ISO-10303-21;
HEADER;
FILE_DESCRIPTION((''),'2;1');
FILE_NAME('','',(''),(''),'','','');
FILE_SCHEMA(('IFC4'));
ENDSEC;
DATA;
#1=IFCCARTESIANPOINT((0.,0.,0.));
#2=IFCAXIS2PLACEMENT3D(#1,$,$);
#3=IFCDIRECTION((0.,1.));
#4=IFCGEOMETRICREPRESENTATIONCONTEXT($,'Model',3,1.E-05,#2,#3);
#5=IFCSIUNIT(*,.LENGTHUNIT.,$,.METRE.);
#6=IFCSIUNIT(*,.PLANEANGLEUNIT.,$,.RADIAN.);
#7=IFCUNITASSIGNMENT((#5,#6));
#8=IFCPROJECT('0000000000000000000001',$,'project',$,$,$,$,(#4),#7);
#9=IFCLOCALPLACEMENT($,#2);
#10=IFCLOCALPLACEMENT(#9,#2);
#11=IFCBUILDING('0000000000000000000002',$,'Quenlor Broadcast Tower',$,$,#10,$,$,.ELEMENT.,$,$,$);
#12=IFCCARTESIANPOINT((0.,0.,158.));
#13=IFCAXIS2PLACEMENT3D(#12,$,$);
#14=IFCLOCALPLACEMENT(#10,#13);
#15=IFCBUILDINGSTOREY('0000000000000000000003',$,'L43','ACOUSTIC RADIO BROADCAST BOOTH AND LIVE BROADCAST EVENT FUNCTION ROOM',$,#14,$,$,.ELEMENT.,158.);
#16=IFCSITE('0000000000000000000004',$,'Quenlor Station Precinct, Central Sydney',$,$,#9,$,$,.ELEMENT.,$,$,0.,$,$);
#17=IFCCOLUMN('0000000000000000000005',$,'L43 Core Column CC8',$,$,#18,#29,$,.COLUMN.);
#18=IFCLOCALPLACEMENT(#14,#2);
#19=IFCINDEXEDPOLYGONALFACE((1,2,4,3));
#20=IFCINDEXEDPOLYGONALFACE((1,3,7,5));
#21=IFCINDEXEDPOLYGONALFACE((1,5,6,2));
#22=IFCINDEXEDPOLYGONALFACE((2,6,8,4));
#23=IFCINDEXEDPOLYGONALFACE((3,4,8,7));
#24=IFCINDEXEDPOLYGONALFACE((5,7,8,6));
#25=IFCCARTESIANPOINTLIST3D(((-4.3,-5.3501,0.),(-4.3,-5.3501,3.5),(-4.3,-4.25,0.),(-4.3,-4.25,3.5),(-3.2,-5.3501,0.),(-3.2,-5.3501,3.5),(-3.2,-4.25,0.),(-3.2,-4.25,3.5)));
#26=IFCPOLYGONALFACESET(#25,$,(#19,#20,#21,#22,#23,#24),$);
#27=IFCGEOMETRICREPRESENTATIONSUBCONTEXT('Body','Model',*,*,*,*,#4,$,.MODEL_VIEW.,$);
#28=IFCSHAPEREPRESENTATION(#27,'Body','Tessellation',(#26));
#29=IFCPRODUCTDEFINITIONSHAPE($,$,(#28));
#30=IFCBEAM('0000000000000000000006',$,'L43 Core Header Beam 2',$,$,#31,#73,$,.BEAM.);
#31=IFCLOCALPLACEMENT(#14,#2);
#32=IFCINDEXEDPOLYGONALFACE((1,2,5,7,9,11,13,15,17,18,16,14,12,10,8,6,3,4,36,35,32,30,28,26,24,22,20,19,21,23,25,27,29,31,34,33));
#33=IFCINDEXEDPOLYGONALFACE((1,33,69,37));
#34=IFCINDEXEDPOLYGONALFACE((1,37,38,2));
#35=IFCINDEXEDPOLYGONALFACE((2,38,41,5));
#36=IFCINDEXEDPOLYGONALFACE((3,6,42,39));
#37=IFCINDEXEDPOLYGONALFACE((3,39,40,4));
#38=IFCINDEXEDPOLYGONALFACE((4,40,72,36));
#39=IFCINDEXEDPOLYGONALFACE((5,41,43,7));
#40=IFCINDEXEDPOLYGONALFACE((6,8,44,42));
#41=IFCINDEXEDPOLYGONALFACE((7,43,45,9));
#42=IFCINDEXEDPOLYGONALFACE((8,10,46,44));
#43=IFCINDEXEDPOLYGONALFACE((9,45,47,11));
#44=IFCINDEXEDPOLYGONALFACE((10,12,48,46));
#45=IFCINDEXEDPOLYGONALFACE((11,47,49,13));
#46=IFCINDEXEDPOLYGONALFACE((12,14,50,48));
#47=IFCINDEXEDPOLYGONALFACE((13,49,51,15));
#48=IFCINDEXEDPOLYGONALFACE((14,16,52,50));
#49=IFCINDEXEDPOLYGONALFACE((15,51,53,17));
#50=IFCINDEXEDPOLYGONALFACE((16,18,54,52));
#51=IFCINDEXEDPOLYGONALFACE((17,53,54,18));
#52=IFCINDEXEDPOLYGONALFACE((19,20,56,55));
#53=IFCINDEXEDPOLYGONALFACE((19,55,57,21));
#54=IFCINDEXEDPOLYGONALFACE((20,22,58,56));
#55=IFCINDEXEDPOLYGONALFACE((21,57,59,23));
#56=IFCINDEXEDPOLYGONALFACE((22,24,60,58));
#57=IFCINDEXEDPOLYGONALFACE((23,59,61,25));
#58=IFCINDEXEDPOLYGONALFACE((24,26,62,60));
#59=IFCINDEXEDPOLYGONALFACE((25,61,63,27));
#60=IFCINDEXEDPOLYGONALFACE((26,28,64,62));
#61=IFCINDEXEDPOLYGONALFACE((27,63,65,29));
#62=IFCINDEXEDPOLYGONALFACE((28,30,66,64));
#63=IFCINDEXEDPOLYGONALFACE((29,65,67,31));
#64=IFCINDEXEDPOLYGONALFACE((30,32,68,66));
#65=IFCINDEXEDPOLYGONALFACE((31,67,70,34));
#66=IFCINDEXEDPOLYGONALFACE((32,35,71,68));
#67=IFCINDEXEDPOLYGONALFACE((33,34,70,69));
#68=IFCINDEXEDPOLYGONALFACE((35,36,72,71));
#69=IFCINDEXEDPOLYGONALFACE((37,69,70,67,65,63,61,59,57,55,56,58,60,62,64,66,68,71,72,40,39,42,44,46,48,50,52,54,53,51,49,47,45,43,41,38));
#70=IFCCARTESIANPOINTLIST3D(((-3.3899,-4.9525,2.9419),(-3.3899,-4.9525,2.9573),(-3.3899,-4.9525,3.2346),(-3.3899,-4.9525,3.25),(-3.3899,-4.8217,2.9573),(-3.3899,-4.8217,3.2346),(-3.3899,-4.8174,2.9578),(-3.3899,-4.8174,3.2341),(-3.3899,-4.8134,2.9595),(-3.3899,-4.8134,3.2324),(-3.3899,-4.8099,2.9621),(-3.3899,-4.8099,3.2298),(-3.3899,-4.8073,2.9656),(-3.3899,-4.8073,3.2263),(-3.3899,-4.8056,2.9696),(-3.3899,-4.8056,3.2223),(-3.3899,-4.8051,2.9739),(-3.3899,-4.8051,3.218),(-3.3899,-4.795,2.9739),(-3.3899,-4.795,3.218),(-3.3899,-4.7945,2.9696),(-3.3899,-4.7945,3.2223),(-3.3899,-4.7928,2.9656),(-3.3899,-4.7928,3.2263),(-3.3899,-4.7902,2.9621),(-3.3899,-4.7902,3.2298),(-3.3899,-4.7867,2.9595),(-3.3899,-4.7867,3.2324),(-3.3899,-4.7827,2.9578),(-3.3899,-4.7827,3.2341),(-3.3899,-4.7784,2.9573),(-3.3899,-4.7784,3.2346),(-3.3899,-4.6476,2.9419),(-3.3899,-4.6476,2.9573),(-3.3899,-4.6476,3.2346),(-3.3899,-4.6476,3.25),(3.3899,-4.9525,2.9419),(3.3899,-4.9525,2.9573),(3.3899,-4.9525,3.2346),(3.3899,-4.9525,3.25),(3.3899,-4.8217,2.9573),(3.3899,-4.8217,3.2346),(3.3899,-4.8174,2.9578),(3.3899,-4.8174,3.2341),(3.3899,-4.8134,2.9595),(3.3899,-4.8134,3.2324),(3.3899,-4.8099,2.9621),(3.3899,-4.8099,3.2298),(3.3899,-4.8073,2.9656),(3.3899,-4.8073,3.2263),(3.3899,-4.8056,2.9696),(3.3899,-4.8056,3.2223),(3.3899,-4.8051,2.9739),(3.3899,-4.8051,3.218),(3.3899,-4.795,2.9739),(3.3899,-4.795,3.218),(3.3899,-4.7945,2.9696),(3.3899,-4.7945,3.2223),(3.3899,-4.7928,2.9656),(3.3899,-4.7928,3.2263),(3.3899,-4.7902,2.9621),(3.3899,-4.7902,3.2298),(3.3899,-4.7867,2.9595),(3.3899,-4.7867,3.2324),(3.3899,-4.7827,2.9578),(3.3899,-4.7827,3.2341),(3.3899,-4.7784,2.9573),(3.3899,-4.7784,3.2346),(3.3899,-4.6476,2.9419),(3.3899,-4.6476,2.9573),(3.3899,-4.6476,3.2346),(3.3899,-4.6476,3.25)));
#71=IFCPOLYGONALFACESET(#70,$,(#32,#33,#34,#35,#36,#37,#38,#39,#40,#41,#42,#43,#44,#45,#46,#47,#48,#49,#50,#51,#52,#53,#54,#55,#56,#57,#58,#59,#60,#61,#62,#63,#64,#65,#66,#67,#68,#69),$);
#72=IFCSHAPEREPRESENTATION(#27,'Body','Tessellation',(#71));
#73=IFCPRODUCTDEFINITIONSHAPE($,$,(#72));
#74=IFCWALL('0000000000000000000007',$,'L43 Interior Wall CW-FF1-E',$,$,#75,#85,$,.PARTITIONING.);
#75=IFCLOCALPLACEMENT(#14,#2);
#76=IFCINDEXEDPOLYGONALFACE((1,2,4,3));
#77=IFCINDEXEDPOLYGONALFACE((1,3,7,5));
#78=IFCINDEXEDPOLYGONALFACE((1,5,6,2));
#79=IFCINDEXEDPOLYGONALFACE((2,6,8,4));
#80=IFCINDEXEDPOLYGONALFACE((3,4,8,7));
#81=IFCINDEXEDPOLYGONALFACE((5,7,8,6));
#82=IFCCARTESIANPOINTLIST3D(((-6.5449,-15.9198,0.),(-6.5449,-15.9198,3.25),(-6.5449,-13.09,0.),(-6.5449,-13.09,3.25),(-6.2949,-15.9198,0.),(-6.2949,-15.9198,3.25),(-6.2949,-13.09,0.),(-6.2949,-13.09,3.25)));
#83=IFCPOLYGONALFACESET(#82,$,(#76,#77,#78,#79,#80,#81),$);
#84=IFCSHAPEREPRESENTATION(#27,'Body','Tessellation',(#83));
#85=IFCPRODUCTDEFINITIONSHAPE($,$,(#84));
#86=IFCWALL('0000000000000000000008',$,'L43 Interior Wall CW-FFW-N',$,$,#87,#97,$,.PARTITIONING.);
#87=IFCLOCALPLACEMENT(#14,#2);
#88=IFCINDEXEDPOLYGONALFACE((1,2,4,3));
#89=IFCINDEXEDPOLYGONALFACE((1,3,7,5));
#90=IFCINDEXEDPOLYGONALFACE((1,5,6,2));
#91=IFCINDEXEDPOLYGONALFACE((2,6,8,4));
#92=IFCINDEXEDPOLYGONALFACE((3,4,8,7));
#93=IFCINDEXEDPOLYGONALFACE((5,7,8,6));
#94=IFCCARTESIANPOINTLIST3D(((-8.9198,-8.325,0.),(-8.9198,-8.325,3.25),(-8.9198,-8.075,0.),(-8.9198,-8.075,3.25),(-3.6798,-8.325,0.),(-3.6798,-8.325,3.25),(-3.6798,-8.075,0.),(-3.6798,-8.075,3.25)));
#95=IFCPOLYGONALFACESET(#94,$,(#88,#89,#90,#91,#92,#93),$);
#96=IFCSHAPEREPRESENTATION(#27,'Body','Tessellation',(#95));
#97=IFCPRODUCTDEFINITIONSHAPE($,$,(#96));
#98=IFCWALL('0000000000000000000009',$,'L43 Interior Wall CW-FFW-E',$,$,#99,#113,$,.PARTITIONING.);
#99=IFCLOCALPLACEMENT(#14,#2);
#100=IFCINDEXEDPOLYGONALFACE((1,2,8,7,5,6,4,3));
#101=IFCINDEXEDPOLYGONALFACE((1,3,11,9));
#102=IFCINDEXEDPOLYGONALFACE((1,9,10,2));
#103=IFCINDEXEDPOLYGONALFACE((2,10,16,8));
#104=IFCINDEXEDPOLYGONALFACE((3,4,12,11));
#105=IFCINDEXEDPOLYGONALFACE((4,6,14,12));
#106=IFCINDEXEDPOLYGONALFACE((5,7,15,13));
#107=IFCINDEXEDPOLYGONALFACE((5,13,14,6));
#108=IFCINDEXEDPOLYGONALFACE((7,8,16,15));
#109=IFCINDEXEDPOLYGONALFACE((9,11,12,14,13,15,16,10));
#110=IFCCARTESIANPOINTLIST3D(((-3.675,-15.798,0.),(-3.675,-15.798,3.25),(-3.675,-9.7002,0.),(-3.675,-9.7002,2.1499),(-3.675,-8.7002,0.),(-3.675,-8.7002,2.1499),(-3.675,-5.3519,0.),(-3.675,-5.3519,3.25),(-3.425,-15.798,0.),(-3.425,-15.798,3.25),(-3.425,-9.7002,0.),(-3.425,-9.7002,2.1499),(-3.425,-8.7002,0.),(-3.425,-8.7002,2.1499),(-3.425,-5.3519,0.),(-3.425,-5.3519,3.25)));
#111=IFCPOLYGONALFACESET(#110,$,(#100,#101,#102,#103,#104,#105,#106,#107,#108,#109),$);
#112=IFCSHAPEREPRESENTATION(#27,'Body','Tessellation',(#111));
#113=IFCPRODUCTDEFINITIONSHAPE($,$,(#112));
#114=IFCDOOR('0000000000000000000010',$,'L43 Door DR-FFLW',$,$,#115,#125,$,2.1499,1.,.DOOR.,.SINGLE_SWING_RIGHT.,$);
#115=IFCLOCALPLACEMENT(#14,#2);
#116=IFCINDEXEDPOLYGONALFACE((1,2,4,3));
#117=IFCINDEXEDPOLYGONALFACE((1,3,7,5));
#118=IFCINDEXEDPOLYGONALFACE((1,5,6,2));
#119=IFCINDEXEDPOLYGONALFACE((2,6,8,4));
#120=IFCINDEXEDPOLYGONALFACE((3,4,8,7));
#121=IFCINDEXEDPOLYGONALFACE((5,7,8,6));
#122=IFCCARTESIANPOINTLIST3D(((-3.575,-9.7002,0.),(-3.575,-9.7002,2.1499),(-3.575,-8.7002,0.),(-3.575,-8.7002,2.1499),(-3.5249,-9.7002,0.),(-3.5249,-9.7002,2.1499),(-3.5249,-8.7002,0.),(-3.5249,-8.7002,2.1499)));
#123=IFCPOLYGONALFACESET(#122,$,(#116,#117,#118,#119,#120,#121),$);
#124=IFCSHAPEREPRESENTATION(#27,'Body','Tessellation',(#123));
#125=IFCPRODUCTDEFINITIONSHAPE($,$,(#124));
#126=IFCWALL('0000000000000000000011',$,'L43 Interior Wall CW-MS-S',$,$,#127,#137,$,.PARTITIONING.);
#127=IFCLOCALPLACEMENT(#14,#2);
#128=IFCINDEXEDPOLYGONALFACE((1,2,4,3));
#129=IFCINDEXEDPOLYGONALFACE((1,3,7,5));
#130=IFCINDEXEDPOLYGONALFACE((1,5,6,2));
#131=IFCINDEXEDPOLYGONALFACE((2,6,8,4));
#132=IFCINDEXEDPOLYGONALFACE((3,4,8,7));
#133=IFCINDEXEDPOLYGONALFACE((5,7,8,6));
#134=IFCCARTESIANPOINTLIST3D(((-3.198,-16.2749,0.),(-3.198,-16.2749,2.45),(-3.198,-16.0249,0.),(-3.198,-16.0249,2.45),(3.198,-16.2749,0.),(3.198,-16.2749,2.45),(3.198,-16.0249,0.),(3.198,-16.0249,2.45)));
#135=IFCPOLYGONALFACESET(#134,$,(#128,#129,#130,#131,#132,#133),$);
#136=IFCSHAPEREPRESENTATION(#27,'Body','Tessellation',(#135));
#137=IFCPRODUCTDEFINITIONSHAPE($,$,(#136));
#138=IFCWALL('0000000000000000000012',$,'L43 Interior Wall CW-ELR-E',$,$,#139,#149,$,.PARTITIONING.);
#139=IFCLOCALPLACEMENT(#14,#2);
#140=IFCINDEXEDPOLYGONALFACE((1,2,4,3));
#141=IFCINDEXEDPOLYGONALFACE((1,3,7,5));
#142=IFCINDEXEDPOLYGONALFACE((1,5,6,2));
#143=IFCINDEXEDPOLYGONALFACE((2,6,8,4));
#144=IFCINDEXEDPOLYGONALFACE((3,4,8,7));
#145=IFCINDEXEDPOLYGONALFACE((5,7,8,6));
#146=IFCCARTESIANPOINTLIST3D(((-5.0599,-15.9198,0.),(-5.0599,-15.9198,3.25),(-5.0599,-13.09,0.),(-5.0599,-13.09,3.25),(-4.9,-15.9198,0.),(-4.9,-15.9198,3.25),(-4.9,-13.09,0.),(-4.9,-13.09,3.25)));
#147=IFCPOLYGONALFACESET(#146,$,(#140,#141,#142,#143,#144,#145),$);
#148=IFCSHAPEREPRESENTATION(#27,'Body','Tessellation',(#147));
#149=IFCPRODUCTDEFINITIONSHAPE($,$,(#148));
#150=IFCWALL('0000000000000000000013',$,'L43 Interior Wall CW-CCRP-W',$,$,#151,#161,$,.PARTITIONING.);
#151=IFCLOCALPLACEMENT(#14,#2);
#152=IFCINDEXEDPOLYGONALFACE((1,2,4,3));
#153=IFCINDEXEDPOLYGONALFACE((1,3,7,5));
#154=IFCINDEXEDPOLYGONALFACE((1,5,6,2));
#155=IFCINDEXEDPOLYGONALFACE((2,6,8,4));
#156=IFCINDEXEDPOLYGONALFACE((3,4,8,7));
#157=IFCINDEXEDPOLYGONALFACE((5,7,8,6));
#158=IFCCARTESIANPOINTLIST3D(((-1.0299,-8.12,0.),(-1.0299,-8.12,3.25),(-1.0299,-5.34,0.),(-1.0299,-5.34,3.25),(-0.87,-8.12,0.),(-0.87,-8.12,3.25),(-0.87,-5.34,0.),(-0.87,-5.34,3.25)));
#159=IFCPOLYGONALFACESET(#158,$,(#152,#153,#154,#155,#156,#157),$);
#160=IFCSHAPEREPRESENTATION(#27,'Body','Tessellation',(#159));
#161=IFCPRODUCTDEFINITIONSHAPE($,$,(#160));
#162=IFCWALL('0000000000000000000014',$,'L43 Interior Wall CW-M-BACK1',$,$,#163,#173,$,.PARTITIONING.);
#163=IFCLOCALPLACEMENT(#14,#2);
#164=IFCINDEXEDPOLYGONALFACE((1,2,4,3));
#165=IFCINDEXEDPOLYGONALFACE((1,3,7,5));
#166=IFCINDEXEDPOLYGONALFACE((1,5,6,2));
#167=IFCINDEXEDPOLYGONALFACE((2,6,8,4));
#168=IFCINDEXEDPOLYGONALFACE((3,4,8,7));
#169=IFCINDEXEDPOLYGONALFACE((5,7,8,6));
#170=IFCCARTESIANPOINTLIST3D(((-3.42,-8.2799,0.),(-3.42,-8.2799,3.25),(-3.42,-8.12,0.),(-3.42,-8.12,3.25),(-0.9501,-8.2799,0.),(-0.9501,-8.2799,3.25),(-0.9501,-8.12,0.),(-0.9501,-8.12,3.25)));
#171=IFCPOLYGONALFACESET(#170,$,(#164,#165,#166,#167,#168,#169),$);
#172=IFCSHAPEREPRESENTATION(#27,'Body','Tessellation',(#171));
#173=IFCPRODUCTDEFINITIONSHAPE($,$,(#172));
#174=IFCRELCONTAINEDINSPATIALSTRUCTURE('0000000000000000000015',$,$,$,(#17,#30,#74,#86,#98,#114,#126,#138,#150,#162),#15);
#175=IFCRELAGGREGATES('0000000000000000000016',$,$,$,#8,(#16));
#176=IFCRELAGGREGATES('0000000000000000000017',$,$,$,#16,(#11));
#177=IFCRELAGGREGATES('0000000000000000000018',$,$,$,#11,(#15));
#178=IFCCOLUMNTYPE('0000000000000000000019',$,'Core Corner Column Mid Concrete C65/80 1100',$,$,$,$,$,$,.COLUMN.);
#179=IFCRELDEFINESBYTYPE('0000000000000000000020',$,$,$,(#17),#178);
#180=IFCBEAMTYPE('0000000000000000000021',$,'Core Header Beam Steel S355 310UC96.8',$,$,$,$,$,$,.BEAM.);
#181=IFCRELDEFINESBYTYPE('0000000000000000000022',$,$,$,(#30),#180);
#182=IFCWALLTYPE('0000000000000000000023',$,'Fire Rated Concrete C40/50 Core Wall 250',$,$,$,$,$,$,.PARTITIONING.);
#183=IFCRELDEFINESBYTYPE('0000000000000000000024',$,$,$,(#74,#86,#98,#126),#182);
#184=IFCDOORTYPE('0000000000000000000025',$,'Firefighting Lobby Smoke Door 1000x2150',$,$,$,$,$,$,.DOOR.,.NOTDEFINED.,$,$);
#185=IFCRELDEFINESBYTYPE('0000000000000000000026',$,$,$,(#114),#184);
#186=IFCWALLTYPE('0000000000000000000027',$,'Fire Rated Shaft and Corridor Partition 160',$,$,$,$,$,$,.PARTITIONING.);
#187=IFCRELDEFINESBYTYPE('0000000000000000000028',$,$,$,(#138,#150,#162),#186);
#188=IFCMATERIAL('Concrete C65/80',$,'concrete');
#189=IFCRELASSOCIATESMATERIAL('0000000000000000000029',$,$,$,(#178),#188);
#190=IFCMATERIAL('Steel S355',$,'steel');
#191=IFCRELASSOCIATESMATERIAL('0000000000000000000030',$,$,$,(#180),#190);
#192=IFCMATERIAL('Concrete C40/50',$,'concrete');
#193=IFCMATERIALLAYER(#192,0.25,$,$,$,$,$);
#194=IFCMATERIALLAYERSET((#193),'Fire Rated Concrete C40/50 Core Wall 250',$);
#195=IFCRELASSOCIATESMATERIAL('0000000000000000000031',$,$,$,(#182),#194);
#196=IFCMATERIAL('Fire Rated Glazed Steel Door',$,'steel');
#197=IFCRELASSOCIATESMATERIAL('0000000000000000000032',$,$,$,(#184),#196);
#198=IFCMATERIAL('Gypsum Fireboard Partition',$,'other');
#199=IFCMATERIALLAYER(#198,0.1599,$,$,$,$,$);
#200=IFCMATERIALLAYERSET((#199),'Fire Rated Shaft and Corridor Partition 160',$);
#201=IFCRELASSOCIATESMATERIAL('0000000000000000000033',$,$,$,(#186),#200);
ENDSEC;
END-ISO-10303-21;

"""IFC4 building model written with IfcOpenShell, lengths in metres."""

from ifc_helpers import new_model, si_unit, direction, frame, frame_2d, origin, origin_2d, place, context, subcontext, project, spatial, rectangle, i_section, extrude, material, layer, layer_set, material_profile, profile_set, type_object, element, fill, save


model = new_model("IFC4")

# Units and contexts
model_context = context("Model", 3, precision=1e-05, world=origin(), true_north=direction((0.0, 1.0)))
body_context = subcontext(model_context, "Body", "Model", "MODEL_VIEW")
ifc_project = project(units=[si_unit("LENGTHUNIT", "METRE"), si_unit("PLANEANGLEUNIT", "RADIAN")], contexts=[model_context])

# Site, building, storey
site_placement = place(None, origin())
site = spatial("IfcSite", under=ifc_project, at=site_placement, Name="Quenlor Station Precinct, Central Sydney", CompositionType="ELEMENT", RefElevation=0.0)
building_placement = place(site_placement, origin())
building = spatial("IfcBuilding", under=site, at=building_placement, Name="Quenlor Broadcast Tower", CompositionType="ELEMENT")
storey_placement = place(building_placement, frame((0.0, 0.0, 158.0)))
storey = spatial("IfcBuildingStorey", under=building, at=storey_placement, Name="L43", Description="ACOUSTIC RADIO BROADCAST BOOTH AND LIVE BROADCAST EVENT FUNCTION ROOM", CompositionType="ELEMENT", Elevation=158.0)

# Column
ifc_material_1 = material(Name="Concrete C65/80", Category="concrete")
ifc_material_profile_1 = material_profile(ifc_material_1, rectangle(XDim=1.1001, YDim=1.1001, at=origin_2d()))
ifc_profile_set_1 = profile_set([ifc_material_profile_1], Name="Concrete C65/80 RC1100x1100")
column_type = type_object("IfcColumnType", Name="Core Corner Column Mid Concrete C65/80 1100", PredefinedType="COLUMN", material=ifc_profile_set_1)
column_placement = place(storey_placement, frame((-3.75, -4.8, 0.0), z_axis=(0.0, 0.0, 1.0), x_axis=(1.0, 0.0, 0.0)))
element("IfcColumn", 1, at=column_placement, inside=storey, type_object=column_type, Name="L43 Core Column CC8", PredefinedType="COLUMN", context=body_context, shape_type="SweptSolid", body=[
    extrude(rectangle(XDim=1.1001, YDim=1.1001, at=origin_2d()), origin(), (0.0, 0.0, 1.0), 3.5),
])

# Beam
ifc_material_2 = material(Name="Steel S355", Category="steel")
ifc_material_profile_2 = material_profile(ifc_material_2, i_section(OverallWidth=0.3049, OverallDepth=0.3081, WebThickness=0.01, FlangeThickness=0.0154, FilletRadius=0.0166, at=origin_2d()))
ifc_profile_set_2 = profile_set([ifc_material_profile_2], Name="Steel S355 310UC96.8")
beam_type = type_object("IfcBeamType", Name="Core Header Beam Steel S355 310UC96.8", PredefinedType="BEAM", material=ifc_profile_set_2)
beam_placement = place(storey_placement, frame((-3.3899, -4.8, 3.0959), z_axis=(1.0, 0.0, 0.0), x_axis=(0.0, 1.0, 0.0)))
element("IfcBeam", 2, at=beam_placement, inside=storey, type_object=beam_type, Name="L43 Core Header Beam 2", PredefinedType="BEAM", context=body_context, shape_type="SweptSolid", body=[
    extrude(i_section(OverallWidth=0.3049, OverallDepth=0.3081, WebThickness=0.01, FlangeThickness=0.0154, FilletRadius=0.0166, at=origin_2d()), origin(), (0.0, 0.0, 1.0), 6.7798),
])

# Shared definitions
ifc_material_3 = material(Name="Concrete C40/50", Category="concrete")
ifc_layer_1 = layer(ifc_material_3, 0.25)
ifc_layer_set_1 = layer_set([ifc_layer_1], Name="Fire Rated Concrete C40/50 Core Wall 250")
wall_type_1 = type_object("IfcWallType", Name="Fire Rated Concrete C40/50 Core Wall 250", PredefinedType="PARTITIONING", material=ifc_layer_set_1)

# Walls
wall_1_placement = place(storey_placement, frame((-6.4199, -15.9199, 0.0), z_axis=(0.0, 0.0, 1.0), x_axis=(0.0, 1.0, 0.0)))
element("IfcWall", 3, at=wall_1_placement, inside=storey, type_object=wall_type_1, Name="L43 Interior Wall CW-FF1-E", PredefinedType="PARTITIONING", context=body_context, shape_type="SweptSolid", body=[
    extrude(rectangle(XDim=2.8298, YDim=0.25, at=frame_2d((1.415, 0.0))), origin(), (0.0, 0.0, 1.0), 3.25),
])
wall_2_placement = place(storey_placement, frame((-8.9199, -8.2, 0.0), z_axis=(0.0, 0.0, 1.0), x_axis=(1.0, 0.0, 0.0)))
element("IfcWall", 4, at=wall_2_placement, inside=storey, type_object=wall_type_1, Name="L43 Interior Wall CW-FFW-N", PredefinedType="PARTITIONING", context=body_context, shape_type="SweptSolid", body=[
    extrude(rectangle(XDim=5.24, YDim=0.25, at=frame_2d((2.6201, 0.0))), origin(), (0.0, 0.0, 1.0), 3.25),
])

# Wall, opening, door
wall_3_placement = place(storey_placement, frame((-3.55, -15.7981, 0.0), z_axis=(0.0, 0.0, 1.0), x_axis=(0.0, 1.0, 0.0)))
wall_3 = element("IfcWall", 5, at=wall_3_placement, inside=storey, type_object=wall_type_1, Name="L43 Interior Wall CW-FFW-E", PredefinedType="PARTITIONING", context=body_context, shape_type="SweptSolid", body=[
    extrude(rectangle(XDim=10.446, YDim=0.25, at=frame_2d((5.2231, 0.0))), origin(), (0.0, 0.0, 1.0), 3.25),
])
opening_1_placement = place(wall_3_placement, frame((6.0979, 0.0, 0.0)))
opening_1 = element("IfcOpeningElement", 6, at=opening_1_placement, cuts=wall_3, PredefinedType="OPENING", context=body_context, shape_type="SweptSolid", body=[
    extrude(rectangle(XDim=1.0, YDim=2.1499, at=frame_2d((0.5, 1.075))), frame((0.0, 0.135, 0.0), z_axis=(0.0, -1.0, 0.0), x_axis=(1.0, 0.0, 0.0)), (0.0, 0.0, 1.0), 0.27),
])
ifc_material_4 = material(Name="Fire Rated Glazed Steel Door", Category="steel")
door_type_1 = type_object("IfcDoorType", Name="Firefighting Lobby Smoke Door 1000x2150", OperationType="NOTDEFINED", PredefinedType="DOOR", material=ifc_material_4)
door_1_placement = place(opening_1_placement, origin())
door_1 = element("IfcDoor", 7, at=door_1_placement, inside=storey, type_object=door_type_1, Name="L43 Door DR-FFLW", OperationType="SINGLE_SWING_RIGHT", OverallHeight=2.1499, OverallWidth=1.0, PredefinedType="DOOR", context=body_context, shape_type="SweptSolid", body=[
    extrude(rectangle(XDim=1.0, YDim=2.1499, at=frame_2d((0.5, 1.075))), frame((0.0, 0.0249, 0.0), z_axis=(0.0, -1.0, 0.0), x_axis=(1.0, 0.0, 0.0)), (0.0, 0.0, 1.0), 0.05),
])
fill(opening_1, door_1)

# Wall
wall_4_placement = place(storey_placement, frame((-3.198, -16.1499, 0.0), z_axis=(0.0, 0.0, 1.0), x_axis=(1.0, 0.0, 0.0)))
element("IfcWall", 8, at=wall_4_placement, inside=storey, type_object=wall_type_1, Name="L43 Interior Wall CW-MS-S", PredefinedType="PARTITIONING", context=body_context, shape_type="SweptSolid", body=[
    extrude(rectangle(XDim=6.396, YDim=0.25, at=frame_2d((3.198, 0.0))), origin(), (0.0, 0.0, 1.0), 2.45),
])

# Walls
ifc_material_5 = material(Name="Gypsum Fireboard Partition", Category="other")
ifc_layer_2 = layer(ifc_material_5, 0.1599)
ifc_layer_set_2 = layer_set([ifc_layer_2], Name="Fire Rated Shaft and Corridor Partition 160")
wall_type_2 = type_object("IfcWallType", Name="Fire Rated Shaft and Corridor Partition 160", PredefinedType="PARTITIONING", material=ifc_layer_set_2)
wall_5_placement = place(storey_placement, frame((-4.98, -15.9199, 0.0), z_axis=(0.0, 0.0, 1.0), x_axis=(0.0, 1.0, 0.0)))
element("IfcWall", 9, at=wall_5_placement, inside=storey, type_object=wall_type_2, Name="L43 Interior Wall CW-ELR-E", PredefinedType="PARTITIONING", context=body_context, shape_type="SweptSolid", body=[
    extrude(rectangle(XDim=2.8298, YDim=0.1599, at=frame_2d((1.415, 0.0))), origin(), (0.0, 0.0, 1.0), 3.25),
])
wall_6_placement = place(storey_placement, frame((-0.95, -8.1201, 0.0), z_axis=(0.0, 0.0, 1.0), x_axis=(0.0, 1.0, 0.0)))
element("IfcWall", 10, at=wall_6_placement, inside=storey, type_object=wall_type_2, Name="L43 Interior Wall CW-CCRP-W", PredefinedType="PARTITIONING", context=body_context, shape_type="SweptSolid", body=[
    extrude(rectangle(XDim=2.78, YDim=0.1599, at=frame_2d((1.3901, 0.0))), origin(), (0.0, 0.0, 1.0), 3.25),
])
wall_7_placement = place(storey_placement, frame((-3.4199, -8.2, 0.0), z_axis=(0.0, 0.0, 1.0), x_axis=(1.0, 0.0, 0.0)))
element("IfcWall", 11, at=wall_7_placement, inside=storey, type_object=wall_type_2, Name="L43 Interior Wall CW-M-BACK1", PredefinedType="PARTITIONING", context=body_context, shape_type="SweptSolid", body=[
    extrude(rectangle(XDim=2.47, YDim=0.1599, at=frame_2d((1.2349, 0.0))), origin(), (0.0, 0.0, 1.0), 3.25),
])

save(model, "model.ifc")
